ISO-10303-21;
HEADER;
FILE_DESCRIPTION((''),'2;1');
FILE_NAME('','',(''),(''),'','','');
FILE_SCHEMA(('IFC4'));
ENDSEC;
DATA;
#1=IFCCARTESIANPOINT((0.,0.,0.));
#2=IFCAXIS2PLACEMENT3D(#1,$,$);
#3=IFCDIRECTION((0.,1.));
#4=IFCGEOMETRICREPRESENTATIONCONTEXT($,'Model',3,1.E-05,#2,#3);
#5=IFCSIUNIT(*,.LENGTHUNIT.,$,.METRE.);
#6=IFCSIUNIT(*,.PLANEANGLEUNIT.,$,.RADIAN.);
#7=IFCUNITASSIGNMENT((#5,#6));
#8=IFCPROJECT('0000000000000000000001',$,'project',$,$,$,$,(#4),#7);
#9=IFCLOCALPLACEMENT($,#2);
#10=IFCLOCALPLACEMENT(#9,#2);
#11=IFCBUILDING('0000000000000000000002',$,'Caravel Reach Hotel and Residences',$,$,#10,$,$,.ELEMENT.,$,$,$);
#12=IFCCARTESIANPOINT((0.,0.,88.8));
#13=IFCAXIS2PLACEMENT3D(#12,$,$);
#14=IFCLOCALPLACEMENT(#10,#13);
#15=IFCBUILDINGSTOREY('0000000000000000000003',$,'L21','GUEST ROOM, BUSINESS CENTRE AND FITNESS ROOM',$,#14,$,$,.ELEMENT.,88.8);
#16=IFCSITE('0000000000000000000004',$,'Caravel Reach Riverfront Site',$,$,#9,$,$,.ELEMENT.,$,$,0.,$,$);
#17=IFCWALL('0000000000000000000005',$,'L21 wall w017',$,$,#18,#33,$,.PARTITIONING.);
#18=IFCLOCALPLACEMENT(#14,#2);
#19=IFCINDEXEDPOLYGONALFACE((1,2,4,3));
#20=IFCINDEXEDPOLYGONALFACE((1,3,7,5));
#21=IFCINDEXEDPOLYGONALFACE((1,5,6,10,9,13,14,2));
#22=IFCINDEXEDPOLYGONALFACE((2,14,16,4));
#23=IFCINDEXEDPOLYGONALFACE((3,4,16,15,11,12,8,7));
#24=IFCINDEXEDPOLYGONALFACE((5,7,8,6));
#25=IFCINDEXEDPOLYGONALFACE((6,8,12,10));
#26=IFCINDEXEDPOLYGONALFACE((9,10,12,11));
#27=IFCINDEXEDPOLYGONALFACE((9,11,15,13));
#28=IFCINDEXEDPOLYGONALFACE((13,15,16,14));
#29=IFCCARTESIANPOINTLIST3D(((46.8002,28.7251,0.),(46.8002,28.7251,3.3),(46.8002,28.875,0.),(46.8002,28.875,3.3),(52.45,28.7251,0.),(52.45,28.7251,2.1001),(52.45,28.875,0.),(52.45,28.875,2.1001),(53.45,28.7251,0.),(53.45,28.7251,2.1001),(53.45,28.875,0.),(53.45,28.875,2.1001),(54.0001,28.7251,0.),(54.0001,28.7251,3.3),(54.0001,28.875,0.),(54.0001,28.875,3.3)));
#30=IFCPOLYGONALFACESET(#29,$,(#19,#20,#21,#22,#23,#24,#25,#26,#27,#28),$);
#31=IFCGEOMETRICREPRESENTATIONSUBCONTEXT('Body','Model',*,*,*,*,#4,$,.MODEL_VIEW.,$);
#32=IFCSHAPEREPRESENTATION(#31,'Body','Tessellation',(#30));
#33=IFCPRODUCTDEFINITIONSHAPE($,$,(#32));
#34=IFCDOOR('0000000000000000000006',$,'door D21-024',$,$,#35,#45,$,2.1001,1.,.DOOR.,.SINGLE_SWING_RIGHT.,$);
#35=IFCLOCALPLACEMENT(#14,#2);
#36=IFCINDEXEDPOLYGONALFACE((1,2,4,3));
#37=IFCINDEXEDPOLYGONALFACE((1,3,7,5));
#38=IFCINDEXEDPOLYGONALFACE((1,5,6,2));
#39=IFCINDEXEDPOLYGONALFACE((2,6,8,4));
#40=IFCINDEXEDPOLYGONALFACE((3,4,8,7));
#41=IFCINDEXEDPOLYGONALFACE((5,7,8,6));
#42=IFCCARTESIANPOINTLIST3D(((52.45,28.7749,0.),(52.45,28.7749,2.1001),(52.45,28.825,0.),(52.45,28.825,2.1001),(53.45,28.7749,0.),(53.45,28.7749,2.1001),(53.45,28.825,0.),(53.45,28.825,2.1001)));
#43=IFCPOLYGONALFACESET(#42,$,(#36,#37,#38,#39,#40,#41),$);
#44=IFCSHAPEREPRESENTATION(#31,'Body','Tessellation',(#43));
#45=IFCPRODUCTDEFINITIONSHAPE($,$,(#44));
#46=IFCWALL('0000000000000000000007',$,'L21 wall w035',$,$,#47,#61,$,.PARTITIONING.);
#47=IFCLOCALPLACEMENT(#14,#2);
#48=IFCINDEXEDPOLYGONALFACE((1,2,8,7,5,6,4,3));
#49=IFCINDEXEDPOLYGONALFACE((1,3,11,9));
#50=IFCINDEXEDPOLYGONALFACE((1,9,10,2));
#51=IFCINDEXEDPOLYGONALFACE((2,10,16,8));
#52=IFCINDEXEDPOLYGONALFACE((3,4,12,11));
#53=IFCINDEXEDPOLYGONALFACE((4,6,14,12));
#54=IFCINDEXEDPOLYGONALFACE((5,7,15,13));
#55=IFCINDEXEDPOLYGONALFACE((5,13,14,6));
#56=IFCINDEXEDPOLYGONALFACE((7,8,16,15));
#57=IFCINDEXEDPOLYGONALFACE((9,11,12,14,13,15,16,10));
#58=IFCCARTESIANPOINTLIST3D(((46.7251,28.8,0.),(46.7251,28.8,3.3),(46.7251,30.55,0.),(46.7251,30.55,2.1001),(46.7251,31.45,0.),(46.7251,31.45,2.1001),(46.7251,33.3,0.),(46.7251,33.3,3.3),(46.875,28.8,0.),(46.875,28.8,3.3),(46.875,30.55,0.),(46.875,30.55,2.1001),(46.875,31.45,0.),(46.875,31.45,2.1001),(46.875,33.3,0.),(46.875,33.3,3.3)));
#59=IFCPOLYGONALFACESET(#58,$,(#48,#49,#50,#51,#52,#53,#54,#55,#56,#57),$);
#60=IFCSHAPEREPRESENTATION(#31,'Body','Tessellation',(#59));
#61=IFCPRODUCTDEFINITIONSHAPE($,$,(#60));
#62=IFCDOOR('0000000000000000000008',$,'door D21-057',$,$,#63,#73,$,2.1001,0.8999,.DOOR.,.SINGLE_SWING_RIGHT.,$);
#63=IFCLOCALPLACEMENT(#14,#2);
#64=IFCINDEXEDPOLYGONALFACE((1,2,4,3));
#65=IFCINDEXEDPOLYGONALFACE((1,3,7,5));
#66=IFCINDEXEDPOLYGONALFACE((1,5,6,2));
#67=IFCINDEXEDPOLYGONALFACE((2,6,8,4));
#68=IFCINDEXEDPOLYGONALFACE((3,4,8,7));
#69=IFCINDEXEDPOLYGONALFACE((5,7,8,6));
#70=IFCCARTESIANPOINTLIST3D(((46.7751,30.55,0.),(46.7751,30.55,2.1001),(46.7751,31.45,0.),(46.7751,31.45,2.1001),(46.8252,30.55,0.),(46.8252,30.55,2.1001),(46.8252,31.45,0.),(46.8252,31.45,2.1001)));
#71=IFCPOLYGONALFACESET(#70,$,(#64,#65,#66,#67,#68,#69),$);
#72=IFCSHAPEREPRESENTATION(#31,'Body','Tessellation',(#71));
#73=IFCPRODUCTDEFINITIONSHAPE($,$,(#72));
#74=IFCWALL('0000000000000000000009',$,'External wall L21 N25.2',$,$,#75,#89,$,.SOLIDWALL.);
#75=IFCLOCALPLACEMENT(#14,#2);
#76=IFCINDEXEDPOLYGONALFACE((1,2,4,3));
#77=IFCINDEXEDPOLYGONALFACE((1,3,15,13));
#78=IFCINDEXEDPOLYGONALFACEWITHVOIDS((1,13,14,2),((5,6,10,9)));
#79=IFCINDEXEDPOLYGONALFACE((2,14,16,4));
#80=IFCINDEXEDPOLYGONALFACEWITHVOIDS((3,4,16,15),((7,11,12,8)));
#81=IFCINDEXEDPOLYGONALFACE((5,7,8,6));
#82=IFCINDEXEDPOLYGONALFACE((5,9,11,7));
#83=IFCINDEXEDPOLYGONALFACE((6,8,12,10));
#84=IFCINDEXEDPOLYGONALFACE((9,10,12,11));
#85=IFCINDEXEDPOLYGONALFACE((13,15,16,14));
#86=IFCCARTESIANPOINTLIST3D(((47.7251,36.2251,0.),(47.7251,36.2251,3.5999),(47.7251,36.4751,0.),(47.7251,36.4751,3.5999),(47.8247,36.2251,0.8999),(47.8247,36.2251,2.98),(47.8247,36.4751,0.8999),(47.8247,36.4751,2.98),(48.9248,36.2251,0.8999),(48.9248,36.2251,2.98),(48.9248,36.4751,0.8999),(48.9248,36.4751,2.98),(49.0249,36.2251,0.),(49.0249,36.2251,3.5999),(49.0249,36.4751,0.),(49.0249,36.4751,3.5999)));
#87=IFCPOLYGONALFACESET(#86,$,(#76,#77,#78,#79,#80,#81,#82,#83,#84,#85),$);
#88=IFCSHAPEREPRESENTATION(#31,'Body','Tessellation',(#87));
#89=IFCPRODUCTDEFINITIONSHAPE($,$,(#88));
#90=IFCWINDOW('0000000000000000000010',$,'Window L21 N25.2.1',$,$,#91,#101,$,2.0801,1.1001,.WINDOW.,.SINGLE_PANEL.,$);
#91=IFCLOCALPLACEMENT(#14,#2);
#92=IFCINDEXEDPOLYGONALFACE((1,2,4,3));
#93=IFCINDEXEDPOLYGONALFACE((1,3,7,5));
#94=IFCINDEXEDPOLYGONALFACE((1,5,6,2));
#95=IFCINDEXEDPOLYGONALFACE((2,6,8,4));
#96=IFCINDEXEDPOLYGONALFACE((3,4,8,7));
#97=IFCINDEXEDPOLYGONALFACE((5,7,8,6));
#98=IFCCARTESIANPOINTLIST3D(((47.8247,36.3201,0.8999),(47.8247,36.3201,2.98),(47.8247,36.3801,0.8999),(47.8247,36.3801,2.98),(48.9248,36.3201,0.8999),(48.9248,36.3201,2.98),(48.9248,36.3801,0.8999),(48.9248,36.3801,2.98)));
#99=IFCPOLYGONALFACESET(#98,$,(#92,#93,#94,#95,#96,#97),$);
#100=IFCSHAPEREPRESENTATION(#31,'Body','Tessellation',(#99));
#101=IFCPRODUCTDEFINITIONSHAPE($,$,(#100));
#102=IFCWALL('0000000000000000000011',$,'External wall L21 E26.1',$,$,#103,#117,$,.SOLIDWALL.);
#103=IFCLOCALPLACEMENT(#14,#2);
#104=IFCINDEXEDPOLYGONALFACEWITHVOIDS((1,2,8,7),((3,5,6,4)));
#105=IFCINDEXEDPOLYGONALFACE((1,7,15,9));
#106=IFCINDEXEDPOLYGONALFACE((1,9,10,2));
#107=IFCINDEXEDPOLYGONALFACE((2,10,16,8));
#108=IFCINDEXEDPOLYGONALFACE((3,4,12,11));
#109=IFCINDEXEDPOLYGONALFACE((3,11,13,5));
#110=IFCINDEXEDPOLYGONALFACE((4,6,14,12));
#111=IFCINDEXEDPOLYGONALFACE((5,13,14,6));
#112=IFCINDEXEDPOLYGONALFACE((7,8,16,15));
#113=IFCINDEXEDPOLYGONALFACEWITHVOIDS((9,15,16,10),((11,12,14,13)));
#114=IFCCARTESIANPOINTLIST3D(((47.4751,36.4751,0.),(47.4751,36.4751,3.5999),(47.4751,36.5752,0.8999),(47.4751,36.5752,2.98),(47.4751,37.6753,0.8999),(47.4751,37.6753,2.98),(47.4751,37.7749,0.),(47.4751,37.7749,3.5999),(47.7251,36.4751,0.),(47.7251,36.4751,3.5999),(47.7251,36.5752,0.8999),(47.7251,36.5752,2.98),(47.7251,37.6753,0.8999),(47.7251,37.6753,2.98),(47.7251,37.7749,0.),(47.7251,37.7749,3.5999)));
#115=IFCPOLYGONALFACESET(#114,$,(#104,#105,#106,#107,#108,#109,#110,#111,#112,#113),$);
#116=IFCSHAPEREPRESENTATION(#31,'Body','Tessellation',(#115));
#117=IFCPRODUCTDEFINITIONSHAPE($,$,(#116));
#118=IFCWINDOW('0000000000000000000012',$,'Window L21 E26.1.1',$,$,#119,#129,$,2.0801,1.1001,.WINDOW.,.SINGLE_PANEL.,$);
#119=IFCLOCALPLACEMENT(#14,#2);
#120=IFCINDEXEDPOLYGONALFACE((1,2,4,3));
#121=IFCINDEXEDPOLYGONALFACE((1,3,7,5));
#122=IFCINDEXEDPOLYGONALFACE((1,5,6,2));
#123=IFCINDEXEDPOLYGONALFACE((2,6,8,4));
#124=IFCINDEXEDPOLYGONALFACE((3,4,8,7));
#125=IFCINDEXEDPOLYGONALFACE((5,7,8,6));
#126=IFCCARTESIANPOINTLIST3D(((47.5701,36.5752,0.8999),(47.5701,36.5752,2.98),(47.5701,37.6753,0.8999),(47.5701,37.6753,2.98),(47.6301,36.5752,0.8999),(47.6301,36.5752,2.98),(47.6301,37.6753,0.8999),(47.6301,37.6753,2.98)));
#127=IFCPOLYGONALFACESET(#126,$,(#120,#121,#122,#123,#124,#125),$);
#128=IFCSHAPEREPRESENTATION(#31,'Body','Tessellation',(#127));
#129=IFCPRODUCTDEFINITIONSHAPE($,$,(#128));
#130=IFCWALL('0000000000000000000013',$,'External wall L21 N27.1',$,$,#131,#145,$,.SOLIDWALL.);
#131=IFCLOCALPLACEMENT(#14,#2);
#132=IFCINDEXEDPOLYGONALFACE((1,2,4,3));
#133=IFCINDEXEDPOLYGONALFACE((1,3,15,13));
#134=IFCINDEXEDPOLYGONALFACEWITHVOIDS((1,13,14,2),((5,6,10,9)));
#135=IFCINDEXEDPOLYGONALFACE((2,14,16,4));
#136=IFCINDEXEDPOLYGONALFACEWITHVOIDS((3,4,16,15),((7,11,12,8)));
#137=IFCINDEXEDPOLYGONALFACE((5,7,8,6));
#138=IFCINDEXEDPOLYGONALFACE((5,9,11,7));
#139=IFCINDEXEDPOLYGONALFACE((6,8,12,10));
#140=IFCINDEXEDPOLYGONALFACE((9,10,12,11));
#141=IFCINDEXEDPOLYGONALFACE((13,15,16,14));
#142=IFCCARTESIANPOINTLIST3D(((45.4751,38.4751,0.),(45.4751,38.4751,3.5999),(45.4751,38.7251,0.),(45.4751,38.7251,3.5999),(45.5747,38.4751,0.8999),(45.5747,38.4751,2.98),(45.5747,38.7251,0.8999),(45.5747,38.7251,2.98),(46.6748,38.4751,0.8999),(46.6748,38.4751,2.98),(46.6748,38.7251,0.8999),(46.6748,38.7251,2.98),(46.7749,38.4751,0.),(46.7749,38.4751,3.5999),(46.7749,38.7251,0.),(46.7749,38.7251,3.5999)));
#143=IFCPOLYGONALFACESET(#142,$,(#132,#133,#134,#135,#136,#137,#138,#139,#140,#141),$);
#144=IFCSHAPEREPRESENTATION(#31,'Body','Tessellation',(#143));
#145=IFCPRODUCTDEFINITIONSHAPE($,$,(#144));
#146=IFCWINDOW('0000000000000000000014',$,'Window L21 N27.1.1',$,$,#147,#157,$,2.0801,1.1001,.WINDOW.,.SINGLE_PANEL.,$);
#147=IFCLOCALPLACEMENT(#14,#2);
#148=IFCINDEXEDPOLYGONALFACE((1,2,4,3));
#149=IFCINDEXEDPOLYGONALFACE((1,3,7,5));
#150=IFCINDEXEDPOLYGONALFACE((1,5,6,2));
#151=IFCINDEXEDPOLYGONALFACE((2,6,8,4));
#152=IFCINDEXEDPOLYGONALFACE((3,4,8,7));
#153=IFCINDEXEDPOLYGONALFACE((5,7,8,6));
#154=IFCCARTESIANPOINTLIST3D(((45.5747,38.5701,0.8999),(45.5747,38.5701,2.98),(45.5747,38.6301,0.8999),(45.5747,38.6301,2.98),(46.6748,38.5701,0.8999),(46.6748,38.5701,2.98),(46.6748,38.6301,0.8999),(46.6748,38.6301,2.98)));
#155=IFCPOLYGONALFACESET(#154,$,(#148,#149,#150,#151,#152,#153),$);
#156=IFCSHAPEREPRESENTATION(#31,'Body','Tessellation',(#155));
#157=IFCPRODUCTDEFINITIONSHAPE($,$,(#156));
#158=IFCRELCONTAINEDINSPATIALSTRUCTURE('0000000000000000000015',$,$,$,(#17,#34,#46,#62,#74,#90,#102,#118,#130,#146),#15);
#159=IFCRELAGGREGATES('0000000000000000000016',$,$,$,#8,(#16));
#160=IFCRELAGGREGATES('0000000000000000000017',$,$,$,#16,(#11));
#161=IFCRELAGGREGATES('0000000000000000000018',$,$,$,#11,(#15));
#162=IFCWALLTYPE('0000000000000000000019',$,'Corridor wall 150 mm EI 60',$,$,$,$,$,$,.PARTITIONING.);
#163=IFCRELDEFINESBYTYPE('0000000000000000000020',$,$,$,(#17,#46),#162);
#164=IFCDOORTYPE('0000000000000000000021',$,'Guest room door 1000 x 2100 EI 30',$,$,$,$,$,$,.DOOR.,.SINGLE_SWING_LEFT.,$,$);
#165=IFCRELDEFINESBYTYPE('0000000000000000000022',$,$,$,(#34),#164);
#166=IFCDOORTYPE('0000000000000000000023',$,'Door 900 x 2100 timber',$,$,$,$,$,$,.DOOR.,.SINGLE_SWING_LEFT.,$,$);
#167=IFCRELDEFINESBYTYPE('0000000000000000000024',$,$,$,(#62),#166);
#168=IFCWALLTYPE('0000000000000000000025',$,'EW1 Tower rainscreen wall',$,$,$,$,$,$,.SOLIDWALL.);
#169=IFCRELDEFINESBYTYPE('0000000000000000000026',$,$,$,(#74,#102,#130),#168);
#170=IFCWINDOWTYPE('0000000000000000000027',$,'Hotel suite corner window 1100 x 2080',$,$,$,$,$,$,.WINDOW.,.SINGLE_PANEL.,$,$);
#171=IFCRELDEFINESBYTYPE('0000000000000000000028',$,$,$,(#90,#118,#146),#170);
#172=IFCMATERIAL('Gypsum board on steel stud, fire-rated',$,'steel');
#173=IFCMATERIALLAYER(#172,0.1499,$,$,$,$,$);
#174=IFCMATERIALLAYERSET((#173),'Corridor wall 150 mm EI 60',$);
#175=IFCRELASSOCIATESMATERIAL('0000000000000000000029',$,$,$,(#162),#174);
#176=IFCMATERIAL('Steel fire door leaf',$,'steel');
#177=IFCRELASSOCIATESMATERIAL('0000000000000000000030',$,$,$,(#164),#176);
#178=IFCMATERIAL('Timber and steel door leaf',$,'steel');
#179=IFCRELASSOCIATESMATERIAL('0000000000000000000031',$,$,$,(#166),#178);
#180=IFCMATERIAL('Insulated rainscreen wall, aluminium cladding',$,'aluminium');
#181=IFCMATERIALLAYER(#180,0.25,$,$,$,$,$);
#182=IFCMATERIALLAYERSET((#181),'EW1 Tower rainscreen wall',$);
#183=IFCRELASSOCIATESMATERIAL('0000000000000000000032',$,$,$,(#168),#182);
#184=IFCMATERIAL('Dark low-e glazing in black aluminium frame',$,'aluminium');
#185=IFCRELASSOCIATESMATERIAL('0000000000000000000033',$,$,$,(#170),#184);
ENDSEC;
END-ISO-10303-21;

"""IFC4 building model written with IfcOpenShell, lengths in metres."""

from ifc_helpers import new_model, si_unit, direction, frame, frame_2d, origin, place, context, subcontext, project, spatial, rectangle, extrude, material, layer, layer_set, type_object, element, fill, save


model = new_model("IFC4")

# Units and contexts
model_context = context("Model", 3, precision=1e-05, world=origin(), true_north=direction((0.0, 1.0)))
body_context = subcontext(model_context, "Body", "Model", "MODEL_VIEW")
ifc_project = project(units=[si_unit("LENGTHUNIT", "METRE"), si_unit("PLANEANGLEUNIT", "RADIAN")], contexts=[model_context])

# Site, building, storey
site_placement = place(None, origin())
site = spatial("IfcSite", under=ifc_project, at=site_placement, Name="Caravel Reach Riverfront Site", CompositionType="ELEMENT", RefElevation=0.0)
building_placement = place(site_placement, origin())
building = spatial("IfcBuilding", under=site, at=building_placement, Name="Caravel Reach Hotel and Residences", CompositionType="ELEMENT")
storey_placement = place(building_placement, frame((0.0, 0.0, 88.8)))
storey = spatial("IfcBuildingStorey", under=building, at=storey_placement, Name="L21", Description="GUEST ROOM, BUSINESS CENTRE AND FITNESS ROOM", CompositionType="ELEMENT", Elevation=88.8)

# Walls, openings, doors
ifc_material_1 = material(Name="Gypsum board on steel stud, fire-rated", Category="steel")
ifc_layer_1 = layer(ifc_material_1, 0.1499)
ifc_layer_set_1 = layer_set([ifc_layer_1], Name="Corridor wall 150 mm EI 60")
wall_type_1 = type_object("IfcWallType", Name="Corridor wall 150 mm EI 60", PredefinedType="PARTITIONING", material=ifc_layer_set_1)
wall_1_placement = place(storey_placement, frame((46.8, 28.8, 0.0), z_axis=(0.0, 0.0, 1.0), x_axis=(1.0, 0.0, 0.0)))
wall_1 = element("IfcWall", 1, at=wall_1_placement, inside=storey, type_object=wall_type_1, Name="L21 wall w017", PredefinedType="PARTITIONING", context=body_context, shape_type="SweptSolid", body=[
    extrude(rectangle(XDim=7.2, YDim=0.1499, at=frame_2d((3.6001, 0.0))), origin(), (0.0, 0.0, 1.0), 3.3),
])
opening_1_placement = place(wall_1_placement, frame((5.6499, 0.0, 0.0)))
opening_1 = element("IfcOpeningElement", 2, at=opening_1_placement, cuts=wall_1, PredefinedType="OPENING", context=body_context, shape_type="SweptSolid", body=[
    extrude(rectangle(XDim=1.0, YDim=2.1001, at=frame_2d((0.5, 1.05))), frame((0.0, 0.085, 0.0), z_axis=(0.0, -1.0, 0.0), x_axis=(1.0, 0.0, 0.0)), (0.0, 0.0, 1.0), 0.1699),
])
ifc_material_2 = material(Name="Steel fire door leaf", Category="steel")
door_type_1 = type_object("IfcDoorType", Name="Guest room door 1000 x 2100 EI 30", OperationType="SINGLE_SWING_LEFT", PredefinedType="DOOR", material=ifc_material_2)
door_1_placement = place(opening_1_placement, origin())
door_1 = element("IfcDoor", 3, at=door_1_placement, inside=storey, type_object=door_type_1, Name="door D21-024", OperationType="SINGLE_SWING_RIGHT", OverallHeight=2.1001, OverallWidth=1.0, PredefinedType="DOOR", context=body_context, shape_type="SweptSolid", body=[
    extrude(rectangle(XDim=1.0, YDim=2.1001, at=frame_2d((0.5, 1.05))), frame((0.0, 0.0249, 0.0), z_axis=(0.0, -1.0, 0.0), x_axis=(1.0, 0.0, 0.0)), (0.0, 0.0, 1.0), 0.05),
])
fill(opening_1, door_1)
wall_2_placement = place(storey_placement, frame((46.8, 28.8, 0.0), z_axis=(0.0, 0.0, 1.0), x_axis=(0.0, 1.0, 0.0)))
wall_2 = element("IfcWall", 4, at=wall_2_placement, inside=storey, type_object=wall_type_1, Name="L21 wall w035", PredefinedType="PARTITIONING", context=body_context, shape_type="SweptSolid", body=[
    extrude(rectangle(XDim=4.5, YDim=0.1499, at=frame_2d((2.25, 0.0))), origin(), (0.0, 0.0, 1.0), 3.3),
])
opening_2_placement = place(wall_2_placement, frame((1.75, 0.0, 0.0)))
opening_2 = element("IfcOpeningElement", 5, at=opening_2_placement, cuts=wall_2, PredefinedType="OPENING", context=body_context, shape_type="SweptSolid", body=[
    extrude(rectangle(XDim=0.8999, YDim=2.1001, at=frame_2d((0.45, 1.05))), frame((0.0, 0.085, 0.0), z_axis=(0.0, -1.0, 0.0), x_axis=(1.0, 0.0, 0.0)), (0.0, 0.0, 1.0), 0.1699),
])
ifc_material_3 = material(Name="Timber and steel door leaf", Category="steel")
door_type_2 = type_object("IfcDoorType", Name="Door 900 x 2100 timber", OperationType="SINGLE_SWING_LEFT", PredefinedType="DOOR", material=ifc_material_3)
door_2_placement = place(opening_2_placement, origin())
door_2 = element("IfcDoor", 6, at=door_2_placement, inside=storey, type_object=door_type_2, Name="door D21-057", OperationType="SINGLE_SWING_RIGHT", OverallHeight=2.1001, OverallWidth=0.8999, PredefinedType="DOOR", context=body_context, shape_type="SweptSolid", body=[
    extrude(rectangle(XDim=0.8999, YDim=2.1001, at=frame_2d((0.45, 1.05))), frame((0.0, 0.0249, 0.0), z_axis=(0.0, -1.0, 0.0), x_axis=(1.0, 0.0, 0.0)), (0.0, 0.0, 1.0), 0.05),
])
fill(opening_2, door_2)

# Walls, openings, windows
ifc_material_4 = material(Name="Insulated rainscreen wall, aluminium cladding", Category="aluminium")
ifc_layer_2 = layer(ifc_material_4, 0.25)
ifc_layer_set_2 = layer_set([ifc_layer_2], Name="EW1 Tower rainscreen wall")
wall_type_2 = type_object("IfcWallType", Name="EW1 Tower rainscreen wall", PredefinedType="SOLIDWALL", material=ifc_layer_set_2)
wall_3_placement = place(storey_placement, frame((49.0249, 36.3501, 0.0), z_axis=(0.0, 0.0, 1.0), x_axis=(-1.0, 0.0, 0.0)))
wall_3 = element("IfcWall", 7, at=wall_3_placement, inside=storey, type_object=wall_type_2, Name="External wall L21 N25.2", PredefinedType="SOLIDWALL", context=body_context, shape_type="SweptSolid", body=[
    extrude(rectangle(XDim=1.2998, YDim=0.25, at=frame_2d((0.6499, 0.0))), origin(), (0.0, 0.0, 1.0), 3.5999),
])
opening_3_placement = place(wall_3_placement, frame((0.1001, 0.0, 0.8999)))
opening_3 = element("IfcOpeningElement", 8, at=opening_3_placement, cuts=wall_3, PredefinedType="OPENING", context=body_context, shape_type="SweptSolid", body=[
    extrude(rectangle(XDim=1.1001, YDim=2.0801, at=frame_2d((0.55, 1.04))), frame((0.0, 0.135, 0.0), z_axis=(0.0, -1.0, 0.0), x_axis=(1.0, 0.0, 0.0)), (0.0, 0.0, 1.0), 0.27),
])
ifc_material_5 = material(Name="Dark low-e glazing in black aluminium frame", Category="aluminium")
window_type_1 = type_object("IfcWindowType", Name="Hotel suite corner window 1100 x 2080", PartitioningType="SINGLE_PANEL", PredefinedType="WINDOW", material=ifc_material_5)
window_1_placement = place(opening_3_placement, origin())
window_1 = element("IfcWindow", 9, at=window_1_placement, inside=storey, type_object=window_type_1, Name="Window L21 N25.2.1", OverallHeight=2.0801, OverallWidth=1.1001, PartitioningType="SINGLE_PANEL", PredefinedType="WINDOW", context=body_context, shape_type="SweptSolid", body=[
    extrude(rectangle(XDim=1.1001, YDim=2.0801, at=frame_2d((0.55, 1.04))), frame((0.0, 0.03, 0.0), z_axis=(0.0, -1.0, 0.0), x_axis=(1.0, 0.0, 0.0)), (0.0, 0.0, 1.0), 0.0601),
])
fill(opening_3, window_1)
wall_4_placement = place(storey_placement, frame((47.6001, 36.4751, 0.0), z_axis=(0.0, 0.0, 1.0), x_axis=(0.0, 1.0, 0.0)))
wall_4 = element("IfcWall", 10, at=wall_4_placement, inside=storey, type_object=wall_type_2, Name="External wall L21 E26.1", PredefinedType="SOLIDWALL", context=body_context, shape_type="SweptSolid", body=[
    extrude(rectangle(XDim=1.2998, YDim=0.25, at=frame_2d((0.6499, 0.0))), origin(), (0.0, 0.0, 1.0), 3.5999),
])
opening_4_placement = place(wall_4_placement, frame((0.1001, 0.0, 0.8999)))
opening_4 = element("IfcOpeningElement", 11, at=opening_4_placement, cuts=wall_4, PredefinedType="OPENING", context=body_context, shape_type="SweptSolid", body=[
    extrude(rectangle(XDim=1.1001, YDim=2.0801, at=frame_2d((0.55, 1.04))), frame((0.0, 0.135, 0.0), z_axis=(0.0, -1.0, 0.0), x_axis=(1.0, 0.0, 0.0)), (0.0, 0.0, 1.0), 0.27),
])
window_2_placement = place(opening_4_placement, origin())
window_2 = element("IfcWindow", 12, at=window_2_placement, inside=storey, type_object=window_type_1, Name="Window L21 E26.1.1", OverallHeight=2.0801, OverallWidth=1.1001, PartitioningType="SINGLE_PANEL", PredefinedType="WINDOW", context=body_context, shape_type="SweptSolid", body=[
    extrude(rectangle(XDim=1.1001, YDim=2.0801, at=frame_2d((0.55, 1.04))), frame((0.0, 0.03, 0.0), z_axis=(0.0, -1.0, 0.0), x_axis=(1.0, 0.0, 0.0)), (0.0, 0.0, 1.0), 0.0601),
])
fill(opening_4, window_2)
wall_5_placement = place(storey_placement, frame((46.7749, 38.6001, 0.0), z_axis=(0.0, 0.0, 1.0), x_axis=(-1.0, 0.0, 0.0)))
wall_5 = element("IfcWall", 13, at=wall_5_placement, inside=storey, type_object=wall_type_2, Name="External wall L21 N27.1", PredefinedType="SOLIDWALL", context=body_context, shape_type="SweptSolid", body=[
    extrude(rectangle(XDim=1.2998, YDim=0.25, at=frame_2d((0.6499, 0.0))), origin(), (0.0, 0.0, 1.0), 3.5999),
])
opening_5_placement = place(wall_5_placement, frame((0.1001, 0.0, 0.8999)))
opening_5 = element("IfcOpeningElement", 14, at=opening_5_placement, cuts=wall_5, PredefinedType="OPENING", context=body_context, shape_type="SweptSolid", body=[
    extrude(rectangle(XDim=1.1001, YDim=2.0801, at=frame_2d((0.55, 1.04))), frame((0.0, 0.135, 0.0), z_axis=(0.0, -1.0, 0.0), x_axis=(1.0, 0.0, 0.0)), (0.0, 0.0, 1.0), 0.27),
])
window_3_placement = place(opening_5_placement, origin())
window_3 = element("IfcWindow", 15, at=window_3_placement, inside=storey, type_object=window_type_1, Name="Window L21 N27.1.1", OverallHeight=2.0801, OverallWidth=1.1001, PartitioningType="SINGLE_PANEL", PredefinedType="WINDOW", context=body_context, shape_type="SweptSolid", body=[
    extrude(rectangle(XDim=1.1001, YDim=2.0801, at=frame_2d((0.55, 1.04))), frame((0.0, 0.03, 0.0), z_axis=(0.0, -1.0, 0.0), x_axis=(1.0, 0.0, 0.0)), (0.0, 0.0, 1.0), 0.0601),
])
fill(opening_5, window_3)

save(model, "model.ifc")
